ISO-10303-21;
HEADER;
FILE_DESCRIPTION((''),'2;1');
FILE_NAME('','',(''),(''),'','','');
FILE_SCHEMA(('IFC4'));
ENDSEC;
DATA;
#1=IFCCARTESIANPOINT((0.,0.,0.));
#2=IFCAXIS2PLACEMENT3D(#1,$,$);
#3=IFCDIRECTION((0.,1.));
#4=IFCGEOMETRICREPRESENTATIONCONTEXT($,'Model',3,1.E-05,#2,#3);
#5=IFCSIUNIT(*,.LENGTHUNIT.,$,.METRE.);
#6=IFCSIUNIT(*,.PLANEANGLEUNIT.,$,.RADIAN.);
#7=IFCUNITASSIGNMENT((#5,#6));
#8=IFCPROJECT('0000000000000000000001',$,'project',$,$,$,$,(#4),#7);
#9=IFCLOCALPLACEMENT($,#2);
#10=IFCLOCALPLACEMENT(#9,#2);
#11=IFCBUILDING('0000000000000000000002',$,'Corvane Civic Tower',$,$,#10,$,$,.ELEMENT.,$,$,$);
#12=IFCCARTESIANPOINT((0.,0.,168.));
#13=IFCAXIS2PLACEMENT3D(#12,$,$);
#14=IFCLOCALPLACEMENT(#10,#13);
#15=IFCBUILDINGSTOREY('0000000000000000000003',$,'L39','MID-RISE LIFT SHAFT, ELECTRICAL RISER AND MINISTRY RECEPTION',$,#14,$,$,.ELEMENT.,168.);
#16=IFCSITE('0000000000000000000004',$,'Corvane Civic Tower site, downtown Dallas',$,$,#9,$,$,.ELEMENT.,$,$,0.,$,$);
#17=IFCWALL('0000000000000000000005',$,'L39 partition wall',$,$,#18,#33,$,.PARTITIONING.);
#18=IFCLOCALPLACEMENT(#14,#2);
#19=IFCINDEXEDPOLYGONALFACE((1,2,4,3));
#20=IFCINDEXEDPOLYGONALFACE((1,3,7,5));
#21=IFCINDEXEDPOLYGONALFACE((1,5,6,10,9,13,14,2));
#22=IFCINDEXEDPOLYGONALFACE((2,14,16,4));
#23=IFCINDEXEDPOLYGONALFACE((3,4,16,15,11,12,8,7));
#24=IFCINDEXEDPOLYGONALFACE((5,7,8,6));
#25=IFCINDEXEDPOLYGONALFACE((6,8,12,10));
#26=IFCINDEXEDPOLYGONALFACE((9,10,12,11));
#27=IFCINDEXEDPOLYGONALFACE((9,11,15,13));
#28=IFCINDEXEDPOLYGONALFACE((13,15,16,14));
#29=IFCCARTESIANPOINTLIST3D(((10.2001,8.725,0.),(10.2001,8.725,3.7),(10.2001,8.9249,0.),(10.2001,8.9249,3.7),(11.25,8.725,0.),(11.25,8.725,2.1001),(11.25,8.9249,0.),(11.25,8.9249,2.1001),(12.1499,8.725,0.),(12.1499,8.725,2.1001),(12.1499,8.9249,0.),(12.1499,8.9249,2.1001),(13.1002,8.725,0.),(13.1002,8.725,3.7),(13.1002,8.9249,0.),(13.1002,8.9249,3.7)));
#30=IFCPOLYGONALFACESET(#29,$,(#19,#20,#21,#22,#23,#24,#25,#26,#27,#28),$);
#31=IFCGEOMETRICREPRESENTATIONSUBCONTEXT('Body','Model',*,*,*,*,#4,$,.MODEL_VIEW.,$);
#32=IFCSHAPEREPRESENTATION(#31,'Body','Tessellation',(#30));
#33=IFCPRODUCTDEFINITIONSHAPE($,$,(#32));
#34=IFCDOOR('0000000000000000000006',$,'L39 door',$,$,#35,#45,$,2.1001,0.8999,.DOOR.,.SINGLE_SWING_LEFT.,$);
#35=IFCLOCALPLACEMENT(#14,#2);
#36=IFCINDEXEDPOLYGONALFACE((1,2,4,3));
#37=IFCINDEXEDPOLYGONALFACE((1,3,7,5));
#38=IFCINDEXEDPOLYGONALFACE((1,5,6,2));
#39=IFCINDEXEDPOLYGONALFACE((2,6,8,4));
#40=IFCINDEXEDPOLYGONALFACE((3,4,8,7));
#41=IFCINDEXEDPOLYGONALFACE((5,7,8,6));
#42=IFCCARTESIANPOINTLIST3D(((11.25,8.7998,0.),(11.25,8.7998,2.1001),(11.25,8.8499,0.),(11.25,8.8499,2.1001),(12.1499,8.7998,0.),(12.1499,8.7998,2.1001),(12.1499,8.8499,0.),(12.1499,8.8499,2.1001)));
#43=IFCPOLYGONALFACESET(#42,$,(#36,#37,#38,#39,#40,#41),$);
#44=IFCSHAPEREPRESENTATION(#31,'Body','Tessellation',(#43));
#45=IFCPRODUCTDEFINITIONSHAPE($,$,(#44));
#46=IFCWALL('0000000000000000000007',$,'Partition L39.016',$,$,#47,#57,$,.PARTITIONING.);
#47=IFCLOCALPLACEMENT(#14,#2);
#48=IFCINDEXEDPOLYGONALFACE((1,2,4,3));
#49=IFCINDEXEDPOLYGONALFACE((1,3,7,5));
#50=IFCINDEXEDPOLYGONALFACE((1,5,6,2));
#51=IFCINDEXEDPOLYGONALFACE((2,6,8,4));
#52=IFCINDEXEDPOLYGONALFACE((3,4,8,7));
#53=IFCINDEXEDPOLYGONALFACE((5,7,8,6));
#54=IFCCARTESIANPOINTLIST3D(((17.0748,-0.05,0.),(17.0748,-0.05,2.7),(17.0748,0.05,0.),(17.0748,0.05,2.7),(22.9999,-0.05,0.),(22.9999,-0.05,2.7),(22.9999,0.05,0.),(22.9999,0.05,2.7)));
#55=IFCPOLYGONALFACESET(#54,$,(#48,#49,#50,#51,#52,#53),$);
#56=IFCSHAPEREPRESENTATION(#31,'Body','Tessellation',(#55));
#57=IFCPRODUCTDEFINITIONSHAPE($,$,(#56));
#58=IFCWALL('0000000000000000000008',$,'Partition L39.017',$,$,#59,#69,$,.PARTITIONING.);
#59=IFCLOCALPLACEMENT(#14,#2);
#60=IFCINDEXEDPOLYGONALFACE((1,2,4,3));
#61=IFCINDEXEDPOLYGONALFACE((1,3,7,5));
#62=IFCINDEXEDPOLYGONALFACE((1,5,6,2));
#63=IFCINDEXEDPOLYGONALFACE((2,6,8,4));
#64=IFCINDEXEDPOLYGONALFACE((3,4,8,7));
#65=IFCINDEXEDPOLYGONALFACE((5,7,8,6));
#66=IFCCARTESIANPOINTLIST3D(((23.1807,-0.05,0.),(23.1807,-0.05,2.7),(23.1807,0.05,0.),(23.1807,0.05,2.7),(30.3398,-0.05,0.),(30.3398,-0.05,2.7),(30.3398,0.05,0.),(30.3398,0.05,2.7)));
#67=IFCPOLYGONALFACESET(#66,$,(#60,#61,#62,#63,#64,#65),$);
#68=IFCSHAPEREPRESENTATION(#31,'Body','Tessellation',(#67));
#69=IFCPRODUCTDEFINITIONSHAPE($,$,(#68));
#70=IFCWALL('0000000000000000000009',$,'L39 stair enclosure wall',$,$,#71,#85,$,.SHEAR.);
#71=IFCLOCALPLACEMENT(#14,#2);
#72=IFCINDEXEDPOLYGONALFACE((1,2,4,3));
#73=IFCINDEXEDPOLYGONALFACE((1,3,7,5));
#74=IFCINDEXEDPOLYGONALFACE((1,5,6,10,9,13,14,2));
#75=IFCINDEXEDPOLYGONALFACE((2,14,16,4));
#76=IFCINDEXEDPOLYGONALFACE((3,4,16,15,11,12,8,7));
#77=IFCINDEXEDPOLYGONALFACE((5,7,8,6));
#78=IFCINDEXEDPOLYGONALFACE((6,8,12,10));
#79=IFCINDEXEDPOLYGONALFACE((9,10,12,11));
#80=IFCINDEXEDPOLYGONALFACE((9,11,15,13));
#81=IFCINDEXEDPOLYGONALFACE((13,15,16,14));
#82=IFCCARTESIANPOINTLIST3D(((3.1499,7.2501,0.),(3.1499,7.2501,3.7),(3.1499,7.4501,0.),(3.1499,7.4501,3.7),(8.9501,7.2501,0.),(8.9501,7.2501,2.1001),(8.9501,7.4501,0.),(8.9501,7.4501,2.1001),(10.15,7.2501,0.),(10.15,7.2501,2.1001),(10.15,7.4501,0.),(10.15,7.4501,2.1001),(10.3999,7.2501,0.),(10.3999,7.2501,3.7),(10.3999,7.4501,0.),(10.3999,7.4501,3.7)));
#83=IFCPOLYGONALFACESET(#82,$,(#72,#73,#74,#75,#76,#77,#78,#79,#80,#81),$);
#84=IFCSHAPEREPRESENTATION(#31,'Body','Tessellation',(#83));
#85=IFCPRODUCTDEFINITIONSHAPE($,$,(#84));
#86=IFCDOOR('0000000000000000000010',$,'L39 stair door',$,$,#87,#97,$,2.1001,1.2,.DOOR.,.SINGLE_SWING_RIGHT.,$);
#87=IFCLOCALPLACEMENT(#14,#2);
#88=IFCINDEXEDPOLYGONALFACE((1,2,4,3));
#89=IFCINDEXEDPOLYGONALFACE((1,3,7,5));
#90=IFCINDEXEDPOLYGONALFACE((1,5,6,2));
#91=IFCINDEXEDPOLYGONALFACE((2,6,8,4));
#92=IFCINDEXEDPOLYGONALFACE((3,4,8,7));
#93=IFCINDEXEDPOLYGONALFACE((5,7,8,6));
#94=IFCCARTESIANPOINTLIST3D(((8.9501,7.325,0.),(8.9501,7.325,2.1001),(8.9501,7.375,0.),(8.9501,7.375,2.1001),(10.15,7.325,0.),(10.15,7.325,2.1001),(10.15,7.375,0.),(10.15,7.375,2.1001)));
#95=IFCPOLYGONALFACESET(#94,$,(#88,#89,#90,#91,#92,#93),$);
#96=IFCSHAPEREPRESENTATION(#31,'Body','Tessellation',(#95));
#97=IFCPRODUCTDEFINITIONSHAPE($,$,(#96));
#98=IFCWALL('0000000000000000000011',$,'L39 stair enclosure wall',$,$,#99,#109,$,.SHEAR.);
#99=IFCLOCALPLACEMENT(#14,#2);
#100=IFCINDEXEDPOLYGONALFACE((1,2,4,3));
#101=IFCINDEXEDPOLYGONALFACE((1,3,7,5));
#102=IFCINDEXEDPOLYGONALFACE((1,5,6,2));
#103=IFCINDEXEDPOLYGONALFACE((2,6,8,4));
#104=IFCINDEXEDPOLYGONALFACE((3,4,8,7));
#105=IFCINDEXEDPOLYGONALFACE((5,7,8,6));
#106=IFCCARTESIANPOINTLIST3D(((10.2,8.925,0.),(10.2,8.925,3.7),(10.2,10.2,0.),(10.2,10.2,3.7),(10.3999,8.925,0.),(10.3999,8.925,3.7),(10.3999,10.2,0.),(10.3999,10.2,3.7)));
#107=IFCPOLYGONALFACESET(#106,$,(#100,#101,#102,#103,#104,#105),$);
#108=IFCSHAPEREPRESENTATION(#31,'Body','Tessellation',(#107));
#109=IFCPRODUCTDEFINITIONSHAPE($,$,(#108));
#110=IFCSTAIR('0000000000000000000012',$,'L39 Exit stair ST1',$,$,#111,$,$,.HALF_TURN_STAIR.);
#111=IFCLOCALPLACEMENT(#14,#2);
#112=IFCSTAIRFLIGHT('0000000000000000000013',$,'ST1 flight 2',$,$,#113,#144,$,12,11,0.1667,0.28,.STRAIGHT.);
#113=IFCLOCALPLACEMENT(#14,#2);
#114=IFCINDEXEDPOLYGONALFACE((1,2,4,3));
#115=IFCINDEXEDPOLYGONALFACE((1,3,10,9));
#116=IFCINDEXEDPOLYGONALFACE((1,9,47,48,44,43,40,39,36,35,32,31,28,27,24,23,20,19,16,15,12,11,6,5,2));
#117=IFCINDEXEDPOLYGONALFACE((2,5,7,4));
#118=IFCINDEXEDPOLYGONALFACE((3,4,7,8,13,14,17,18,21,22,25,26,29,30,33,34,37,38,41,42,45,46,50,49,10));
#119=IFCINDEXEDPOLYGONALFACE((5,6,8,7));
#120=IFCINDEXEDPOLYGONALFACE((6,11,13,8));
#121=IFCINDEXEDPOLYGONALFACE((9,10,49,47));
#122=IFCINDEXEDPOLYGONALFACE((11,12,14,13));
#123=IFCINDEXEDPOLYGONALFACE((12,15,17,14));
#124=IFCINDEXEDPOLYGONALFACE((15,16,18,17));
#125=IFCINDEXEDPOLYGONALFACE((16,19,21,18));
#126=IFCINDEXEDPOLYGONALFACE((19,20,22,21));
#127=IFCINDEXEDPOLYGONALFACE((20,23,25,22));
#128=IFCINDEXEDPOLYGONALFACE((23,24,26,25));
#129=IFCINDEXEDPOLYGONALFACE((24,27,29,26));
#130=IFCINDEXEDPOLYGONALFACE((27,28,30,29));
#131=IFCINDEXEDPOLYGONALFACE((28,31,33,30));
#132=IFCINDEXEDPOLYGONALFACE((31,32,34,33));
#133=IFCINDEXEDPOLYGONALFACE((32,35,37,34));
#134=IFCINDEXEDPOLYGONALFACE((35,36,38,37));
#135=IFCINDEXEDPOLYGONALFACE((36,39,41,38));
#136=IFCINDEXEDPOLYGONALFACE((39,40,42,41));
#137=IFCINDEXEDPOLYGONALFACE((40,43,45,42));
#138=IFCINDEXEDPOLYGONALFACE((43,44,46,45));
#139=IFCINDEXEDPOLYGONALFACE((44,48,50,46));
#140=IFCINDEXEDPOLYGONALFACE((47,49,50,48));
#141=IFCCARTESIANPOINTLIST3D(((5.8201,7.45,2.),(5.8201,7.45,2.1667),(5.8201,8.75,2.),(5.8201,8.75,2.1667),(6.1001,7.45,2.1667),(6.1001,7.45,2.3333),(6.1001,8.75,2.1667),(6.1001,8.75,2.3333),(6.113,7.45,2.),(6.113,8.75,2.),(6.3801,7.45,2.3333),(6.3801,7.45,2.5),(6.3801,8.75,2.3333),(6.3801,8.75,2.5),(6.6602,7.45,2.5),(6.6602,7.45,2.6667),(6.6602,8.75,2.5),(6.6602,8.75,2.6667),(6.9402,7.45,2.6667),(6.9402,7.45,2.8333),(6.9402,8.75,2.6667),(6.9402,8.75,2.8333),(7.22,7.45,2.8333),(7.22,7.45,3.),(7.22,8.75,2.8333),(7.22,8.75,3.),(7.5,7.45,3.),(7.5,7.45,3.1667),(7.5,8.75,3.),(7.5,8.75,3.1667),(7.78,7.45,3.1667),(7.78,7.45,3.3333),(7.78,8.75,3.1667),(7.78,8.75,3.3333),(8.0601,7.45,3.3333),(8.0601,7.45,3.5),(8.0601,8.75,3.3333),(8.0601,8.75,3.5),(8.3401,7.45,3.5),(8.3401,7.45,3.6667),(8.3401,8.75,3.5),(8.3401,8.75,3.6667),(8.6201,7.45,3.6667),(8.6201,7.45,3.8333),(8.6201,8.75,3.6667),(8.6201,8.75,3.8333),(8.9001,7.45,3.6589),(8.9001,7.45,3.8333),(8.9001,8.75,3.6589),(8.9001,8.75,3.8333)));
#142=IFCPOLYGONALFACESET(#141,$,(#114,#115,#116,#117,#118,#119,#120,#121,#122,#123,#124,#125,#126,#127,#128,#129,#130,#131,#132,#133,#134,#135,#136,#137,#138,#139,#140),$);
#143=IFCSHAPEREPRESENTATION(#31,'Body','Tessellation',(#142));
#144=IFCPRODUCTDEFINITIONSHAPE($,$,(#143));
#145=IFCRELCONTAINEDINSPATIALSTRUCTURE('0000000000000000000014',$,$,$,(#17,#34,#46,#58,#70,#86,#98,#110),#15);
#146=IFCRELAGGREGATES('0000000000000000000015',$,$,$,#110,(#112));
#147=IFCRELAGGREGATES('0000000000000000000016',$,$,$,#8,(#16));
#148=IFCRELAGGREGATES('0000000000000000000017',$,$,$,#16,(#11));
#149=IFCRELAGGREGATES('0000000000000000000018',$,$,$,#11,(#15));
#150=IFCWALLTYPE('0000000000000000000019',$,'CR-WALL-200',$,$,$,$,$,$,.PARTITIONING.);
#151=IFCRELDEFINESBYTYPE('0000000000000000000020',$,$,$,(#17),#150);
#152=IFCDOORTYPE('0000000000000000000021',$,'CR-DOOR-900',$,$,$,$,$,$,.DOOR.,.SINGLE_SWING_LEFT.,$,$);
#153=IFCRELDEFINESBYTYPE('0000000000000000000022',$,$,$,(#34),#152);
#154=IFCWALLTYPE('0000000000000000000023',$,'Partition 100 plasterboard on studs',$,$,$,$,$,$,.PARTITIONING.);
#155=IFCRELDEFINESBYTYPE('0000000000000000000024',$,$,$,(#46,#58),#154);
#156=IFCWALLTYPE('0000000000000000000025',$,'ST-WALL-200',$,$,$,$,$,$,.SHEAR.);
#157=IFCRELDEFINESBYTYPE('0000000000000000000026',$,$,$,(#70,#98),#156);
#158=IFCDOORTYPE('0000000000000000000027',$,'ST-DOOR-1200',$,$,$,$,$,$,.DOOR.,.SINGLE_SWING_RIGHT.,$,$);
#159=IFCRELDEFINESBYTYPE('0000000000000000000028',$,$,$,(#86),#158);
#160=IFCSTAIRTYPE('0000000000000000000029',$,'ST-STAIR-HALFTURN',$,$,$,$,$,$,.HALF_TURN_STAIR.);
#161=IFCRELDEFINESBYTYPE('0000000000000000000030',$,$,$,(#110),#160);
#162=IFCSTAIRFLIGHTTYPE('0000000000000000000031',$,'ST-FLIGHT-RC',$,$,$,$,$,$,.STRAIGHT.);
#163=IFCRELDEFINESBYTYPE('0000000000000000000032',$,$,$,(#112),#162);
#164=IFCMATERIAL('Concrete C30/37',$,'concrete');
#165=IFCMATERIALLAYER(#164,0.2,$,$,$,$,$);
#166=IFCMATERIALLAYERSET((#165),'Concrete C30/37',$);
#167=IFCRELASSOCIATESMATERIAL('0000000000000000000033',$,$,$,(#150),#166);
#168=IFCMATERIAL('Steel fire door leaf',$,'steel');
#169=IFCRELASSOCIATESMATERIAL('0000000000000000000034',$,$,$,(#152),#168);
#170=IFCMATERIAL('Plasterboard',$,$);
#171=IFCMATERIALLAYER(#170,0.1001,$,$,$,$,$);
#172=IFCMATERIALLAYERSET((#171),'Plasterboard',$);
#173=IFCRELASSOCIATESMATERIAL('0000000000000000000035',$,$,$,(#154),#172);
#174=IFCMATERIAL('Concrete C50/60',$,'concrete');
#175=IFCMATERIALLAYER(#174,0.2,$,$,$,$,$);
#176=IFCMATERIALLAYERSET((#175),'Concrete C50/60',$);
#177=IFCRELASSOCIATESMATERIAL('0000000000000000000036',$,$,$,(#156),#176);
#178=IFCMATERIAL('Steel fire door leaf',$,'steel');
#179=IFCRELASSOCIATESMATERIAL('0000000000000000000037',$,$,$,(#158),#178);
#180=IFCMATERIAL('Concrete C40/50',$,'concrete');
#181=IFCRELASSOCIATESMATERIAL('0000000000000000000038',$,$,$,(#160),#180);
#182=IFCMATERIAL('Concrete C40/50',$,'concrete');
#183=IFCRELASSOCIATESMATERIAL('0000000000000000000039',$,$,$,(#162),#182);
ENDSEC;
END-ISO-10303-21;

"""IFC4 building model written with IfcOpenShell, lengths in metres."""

from ifc_helpers import new_model, si_unit, direction, frame, frame_2d, origin, place, context, subcontext, project, spatial, polyline, rectangle, outline, extrude, material, layer, layer_set, type_object, element, fill, aggregate, save


model = new_model("IFC4")

# Units and contexts
model_context = context("Model", 3, precision=1e-05, world=origin(), true_north=direction((0.0, 1.0)))
body_context = subcontext(model_context, "Body", "Model", "MODEL_VIEW")
ifc_project = project(units=[si_unit("LENGTHUNIT", "METRE"), si_unit("PLANEANGLEUNIT", "RADIAN")], contexts=[model_context])

# Site, building, storey
site_placement = place(None, origin())
site = spatial("IfcSite", under=ifc_project, at=site_placement, Name="Corvane Civic Tower site, downtown Dallas", CompositionType="ELEMENT", RefElevation=0.0)
building_placement = place(site_placement, origin())
building = spatial("IfcBuilding", under=site, at=building_placement, Name="Corvane Civic Tower", CompositionType="ELEMENT")
storey_placement = place(building_placement, frame((0.0, 0.0, 168.0)))
storey = spatial("IfcBuildingStorey", under=building, at=storey_placement, Name="L39", Description="MID-RISE LIFT SHAFT, ELECTRICAL RISER AND MINISTRY RECEPTION", CompositionType="ELEMENT", Elevation=168.0)

# Wall, opening, door
ifc_material_1 = material(Name="Concrete C30/37", Category="concrete")
ifc_layer_1 = layer(ifc_material_1, 0.2)
ifc_layer_set_1 = layer_set([ifc_layer_1], Name="Concrete C30/37")
wall_type_1 = type_object("IfcWallType", Name="CR-WALL-200", PredefinedType="PARTITIONING", material=ifc_layer_set_1)
ifc_material_2 = material(Name="Steel fire door leaf", Category="steel")
door_type_1 = type_object("IfcDoorType", Name="CR-DOOR-900", OperationType="SINGLE_SWING_LEFT", PredefinedType="DOOR", material=ifc_material_2)
wall_1_placement = place(storey_placement, frame((10.2, 8.825, 0.0), z_axis=(0.0, 0.0, 1.0), x_axis=(1.0, 0.0, 0.0)))
wall_1 = element("IfcWall", 1, at=wall_1_placement, inside=storey, type_object=wall_type_1, Name="L39 partition wall", PredefinedType="PARTITIONING", context=body_context, shape_type="SweptSolid", body=[
    extrude(rectangle(XDim=2.9001, YDim=0.2, at=frame_2d((1.4502, 0.0))), origin(), (0.0, 0.0, 1.0), 3.7),
])
opening_1_placement = place(wall_1_placement, frame((1.05, 0.0, 0.0)))
opening_1 = element("IfcOpeningElement", 2, at=opening_1_placement, cuts=wall_1, PredefinedType="OPENING", context=body_context, shape_type="SweptSolid", body=[
    extrude(rectangle(XDim=0.8999, YDim=2.1001, at=frame_2d((0.45, 1.05))), frame((0.0, 0.1099, 0.0), z_axis=(0.0, -1.0, 0.0), x_axis=(1.0, 0.0, 0.0)), (0.0, 0.0, 1.0), 0.22),
])
door_1_placement = place(opening_1_placement, origin())
door_1 = element("IfcDoor", 3, at=door_1_placement, inside=storey, type_object=door_type_1, Name="L39 door", OperationType="SINGLE_SWING_LEFT", OverallHeight=2.1001, OverallWidth=0.8999, PredefinedType="DOOR", context=body_context, shape_type="SweptSolid", body=[
    extrude(rectangle(XDim=0.8999, YDim=2.1001, at=frame_2d((0.45, 1.05))), frame((0.0, 0.0249, 0.0), z_axis=(0.0, -1.0, 0.0), x_axis=(1.0, 0.0, 0.0)), (0.0, 0.0, 1.0), 0.05),
])
fill(opening_1, door_1)

# Walls
ifc_material_3 = material(Name="Plasterboard")
ifc_layer_2 = layer(ifc_material_3, 0.1001)
ifc_layer_set_2 = layer_set([ifc_layer_2], Name="Plasterboard")
wall_type_2 = type_object("IfcWallType", Name="Partition 100 plasterboard on studs", PredefinedType="PARTITIONING", material=ifc_layer_set_2)
wall_2_placement = place(storey_placement, frame((17.075, 0.0, 0.0), z_axis=(0.0, 0.0, 1.0), x_axis=(1.0, 0.0, 0.0)))
element("IfcWall", 4, at=wall_2_placement, inside=storey, type_object=wall_type_2, Name="Partition L39.016", PredefinedType="PARTITIONING", context=body_context, shape_type="SweptSolid", body=[
    extrude(rectangle(XDim=5.925, YDim=0.1001, at=frame_2d((2.9624, 0.0))), origin(), (0.0, 0.0, 1.0), 2.7),
])
wall_3_placement = place(storey_placement, frame((23.1807, 0.0, 0.0), z_axis=(0.0, 0.0, 1.0), x_axis=(1.0, 0.0, 0.0)))
element("IfcWall", 5, at=wall_3_placement, inside=storey, type_object=wall_type_2, Name="Partition L39.017", PredefinedType="PARTITIONING", context=body_context, shape_type="SweptSolid", body=[
    extrude(rectangle(XDim=7.1592, YDim=0.1001, at=frame_2d((3.5796, 0.0))), origin(), (0.0, 0.0, 1.0), 2.7),
])

# Wall, opening, door
ifc_material_4 = material(Name="Concrete C50/60", Category="concrete")
ifc_layer_3 = layer(ifc_material_4, 0.2)
ifc_layer_set_3 = layer_set([ifc_layer_3], Name="Concrete C50/60")
wall_type_3 = type_object("IfcWallType", Name="ST-WALL-200", PredefinedType="SHEAR", material=ifc_layer_set_3)
wall_4_placement = place(storey_placement, frame((3.1499, 7.3501, 0.0), z_axis=(0.0, 0.0, 1.0), x_axis=(1.0, 0.0, 0.0)))
wall_4 = element("IfcWall", 6, at=wall_4_placement, inside=storey, type_object=wall_type_3, Name="L39 stair enclosure wall", PredefinedType="SHEAR", context=body_context, shape_type="SweptSolid", body=[
    extrude(rectangle(XDim=7.25, YDim=0.2, at=frame_2d((3.625, 0.0))), origin(), (0.0, 0.0, 1.0), 3.7),
])
opening_2_placement = place(wall_4_placement, frame((5.8, 0.0, 0.0)))
opening_2 = element("IfcOpeningElement", 7, at=opening_2_placement, cuts=wall_4, PredefinedType="OPENING", context=body_context, shape_type="SweptSolid", body=[
    extrude(rectangle(XDim=1.2, YDim=2.1001, at=frame_2d((0.6001, 1.05))), frame((0.0, 0.1099, 0.0), z_axis=(0.0, -1.0, 0.0), x_axis=(1.0, 0.0, 0.0)), (0.0, 0.0, 1.0), 0.22),
])
ifc_material_5 = material(Name="Steel fire door leaf", Category="steel")
door_type_2 = type_object("IfcDoorType", Name="ST-DOOR-1200", OperationType="SINGLE_SWING_RIGHT", PredefinedType="DOOR", material=ifc_material_5)
door_2_placement = place(opening_2_placement, origin())
door_2 = element("IfcDoor", 8, at=door_2_placement, inside=storey, type_object=door_type_2, Name="L39 stair door", OperationType="SINGLE_SWING_RIGHT", OverallHeight=2.1001, OverallWidth=1.2, PredefinedType="DOOR", context=body_context, shape_type="SweptSolid", body=[
    extrude(rectangle(XDim=1.2, YDim=2.1001, at=frame_2d((0.6001, 1.05))), frame((0.0, 0.0249, 0.0), z_axis=(0.0, -1.0, 0.0), x_axis=(1.0, 0.0, 0.0)), (0.0, 0.0, 1.0), 0.05),
])
fill(opening_2, door_2)

# Wall
wall_5_placement = place(storey_placement, origin())
element("IfcWall", 9, at=wall_5_placement, inside=storey, type_object=wall_type_3, Name="L39 stair enclosure wall", PredefinedType="SHEAR", context=body_context, shape_type="SweptSolid", body=[
    extrude(outline(polyline([(10.3999, 8.925), (10.2, 8.925), (10.2, 10.2), (10.3999, 10.2), (10.3999, 8.925)])), origin(), (0.0, 0.0, 1.0), 3.7),
])

# Stair, stair flight
ifc_material_6 = material(Name="Concrete C40/50", Category="concrete")
stair_type = type_object("IfcStairType", Name="ST-STAIR-HALFTURN", PredefinedType="HALF_TURN_STAIR", material=ifc_material_6)
stair_placement = place(storey_placement, origin())
stair = element("IfcStair", 10, at=stair_placement, inside=storey, type_object=stair_type, Name="L39 Exit stair ST1", PredefinedType="HALF_TURN_STAIR")
ifc_material_7 = material(Name="Concrete C40/50", Category="concrete")
stair_flight_type = type_object("IfcStairFlightType", Name="ST-FLIGHT-RC", PredefinedType="STRAIGHT", material=ifc_material_7)
stair_flight_placement = place(storey_placement, frame((5.8201, 8.1001, 2.0), z_axis=(0.0, 0.0, 1.0), x_axis=(1.0, 0.0, 0.0)))
stair_flight = element("IfcStairFlight", 11, at=stair_flight_placement, type_object=stair_flight_type, Name="ST1 flight 2", NumberOfRisers=12, NumberOfTreads=11, PredefinedType="STRAIGHT", RiserHeight=0.1667, TreadLength=0.28, context=body_context, shape_type="SweptSolid", body=[
    extrude(outline(polyline([(0.0, 0.0), (0.0, 0.1667), (0.28, 0.1667), (0.28, 0.3333), (0.5601, 0.3333), (0.5601, 0.5), (0.8401, 0.5), (0.8401, 0.6667), (1.1201, 0.6667), (1.1201, 0.8333), (1.3999, 0.8333), (1.3999, 1.0), (1.6799, 1.0), (1.6799, 1.1667), (1.96, 1.1667), (1.96, 1.3333), (2.24, 1.3333), (2.24, 1.5), (2.52, 1.5), (2.52, 1.6667), (2.8, 1.6667), (2.8, 1.8333), (3.0801, 1.8333), (3.0801, 2.0), (3.0801, 1.6589), (0.293, 0.0), (0.0, 0.0)])), frame((0.0, 0.6499, 0.0), z_axis=(0.0, -1.0, 0.0), x_axis=(1.0, 0.0, 0.0)), (0.0, 0.0, 1.0), 1.3),
])
aggregate(stair, [stair_flight])

save(model, "model.ifc")
